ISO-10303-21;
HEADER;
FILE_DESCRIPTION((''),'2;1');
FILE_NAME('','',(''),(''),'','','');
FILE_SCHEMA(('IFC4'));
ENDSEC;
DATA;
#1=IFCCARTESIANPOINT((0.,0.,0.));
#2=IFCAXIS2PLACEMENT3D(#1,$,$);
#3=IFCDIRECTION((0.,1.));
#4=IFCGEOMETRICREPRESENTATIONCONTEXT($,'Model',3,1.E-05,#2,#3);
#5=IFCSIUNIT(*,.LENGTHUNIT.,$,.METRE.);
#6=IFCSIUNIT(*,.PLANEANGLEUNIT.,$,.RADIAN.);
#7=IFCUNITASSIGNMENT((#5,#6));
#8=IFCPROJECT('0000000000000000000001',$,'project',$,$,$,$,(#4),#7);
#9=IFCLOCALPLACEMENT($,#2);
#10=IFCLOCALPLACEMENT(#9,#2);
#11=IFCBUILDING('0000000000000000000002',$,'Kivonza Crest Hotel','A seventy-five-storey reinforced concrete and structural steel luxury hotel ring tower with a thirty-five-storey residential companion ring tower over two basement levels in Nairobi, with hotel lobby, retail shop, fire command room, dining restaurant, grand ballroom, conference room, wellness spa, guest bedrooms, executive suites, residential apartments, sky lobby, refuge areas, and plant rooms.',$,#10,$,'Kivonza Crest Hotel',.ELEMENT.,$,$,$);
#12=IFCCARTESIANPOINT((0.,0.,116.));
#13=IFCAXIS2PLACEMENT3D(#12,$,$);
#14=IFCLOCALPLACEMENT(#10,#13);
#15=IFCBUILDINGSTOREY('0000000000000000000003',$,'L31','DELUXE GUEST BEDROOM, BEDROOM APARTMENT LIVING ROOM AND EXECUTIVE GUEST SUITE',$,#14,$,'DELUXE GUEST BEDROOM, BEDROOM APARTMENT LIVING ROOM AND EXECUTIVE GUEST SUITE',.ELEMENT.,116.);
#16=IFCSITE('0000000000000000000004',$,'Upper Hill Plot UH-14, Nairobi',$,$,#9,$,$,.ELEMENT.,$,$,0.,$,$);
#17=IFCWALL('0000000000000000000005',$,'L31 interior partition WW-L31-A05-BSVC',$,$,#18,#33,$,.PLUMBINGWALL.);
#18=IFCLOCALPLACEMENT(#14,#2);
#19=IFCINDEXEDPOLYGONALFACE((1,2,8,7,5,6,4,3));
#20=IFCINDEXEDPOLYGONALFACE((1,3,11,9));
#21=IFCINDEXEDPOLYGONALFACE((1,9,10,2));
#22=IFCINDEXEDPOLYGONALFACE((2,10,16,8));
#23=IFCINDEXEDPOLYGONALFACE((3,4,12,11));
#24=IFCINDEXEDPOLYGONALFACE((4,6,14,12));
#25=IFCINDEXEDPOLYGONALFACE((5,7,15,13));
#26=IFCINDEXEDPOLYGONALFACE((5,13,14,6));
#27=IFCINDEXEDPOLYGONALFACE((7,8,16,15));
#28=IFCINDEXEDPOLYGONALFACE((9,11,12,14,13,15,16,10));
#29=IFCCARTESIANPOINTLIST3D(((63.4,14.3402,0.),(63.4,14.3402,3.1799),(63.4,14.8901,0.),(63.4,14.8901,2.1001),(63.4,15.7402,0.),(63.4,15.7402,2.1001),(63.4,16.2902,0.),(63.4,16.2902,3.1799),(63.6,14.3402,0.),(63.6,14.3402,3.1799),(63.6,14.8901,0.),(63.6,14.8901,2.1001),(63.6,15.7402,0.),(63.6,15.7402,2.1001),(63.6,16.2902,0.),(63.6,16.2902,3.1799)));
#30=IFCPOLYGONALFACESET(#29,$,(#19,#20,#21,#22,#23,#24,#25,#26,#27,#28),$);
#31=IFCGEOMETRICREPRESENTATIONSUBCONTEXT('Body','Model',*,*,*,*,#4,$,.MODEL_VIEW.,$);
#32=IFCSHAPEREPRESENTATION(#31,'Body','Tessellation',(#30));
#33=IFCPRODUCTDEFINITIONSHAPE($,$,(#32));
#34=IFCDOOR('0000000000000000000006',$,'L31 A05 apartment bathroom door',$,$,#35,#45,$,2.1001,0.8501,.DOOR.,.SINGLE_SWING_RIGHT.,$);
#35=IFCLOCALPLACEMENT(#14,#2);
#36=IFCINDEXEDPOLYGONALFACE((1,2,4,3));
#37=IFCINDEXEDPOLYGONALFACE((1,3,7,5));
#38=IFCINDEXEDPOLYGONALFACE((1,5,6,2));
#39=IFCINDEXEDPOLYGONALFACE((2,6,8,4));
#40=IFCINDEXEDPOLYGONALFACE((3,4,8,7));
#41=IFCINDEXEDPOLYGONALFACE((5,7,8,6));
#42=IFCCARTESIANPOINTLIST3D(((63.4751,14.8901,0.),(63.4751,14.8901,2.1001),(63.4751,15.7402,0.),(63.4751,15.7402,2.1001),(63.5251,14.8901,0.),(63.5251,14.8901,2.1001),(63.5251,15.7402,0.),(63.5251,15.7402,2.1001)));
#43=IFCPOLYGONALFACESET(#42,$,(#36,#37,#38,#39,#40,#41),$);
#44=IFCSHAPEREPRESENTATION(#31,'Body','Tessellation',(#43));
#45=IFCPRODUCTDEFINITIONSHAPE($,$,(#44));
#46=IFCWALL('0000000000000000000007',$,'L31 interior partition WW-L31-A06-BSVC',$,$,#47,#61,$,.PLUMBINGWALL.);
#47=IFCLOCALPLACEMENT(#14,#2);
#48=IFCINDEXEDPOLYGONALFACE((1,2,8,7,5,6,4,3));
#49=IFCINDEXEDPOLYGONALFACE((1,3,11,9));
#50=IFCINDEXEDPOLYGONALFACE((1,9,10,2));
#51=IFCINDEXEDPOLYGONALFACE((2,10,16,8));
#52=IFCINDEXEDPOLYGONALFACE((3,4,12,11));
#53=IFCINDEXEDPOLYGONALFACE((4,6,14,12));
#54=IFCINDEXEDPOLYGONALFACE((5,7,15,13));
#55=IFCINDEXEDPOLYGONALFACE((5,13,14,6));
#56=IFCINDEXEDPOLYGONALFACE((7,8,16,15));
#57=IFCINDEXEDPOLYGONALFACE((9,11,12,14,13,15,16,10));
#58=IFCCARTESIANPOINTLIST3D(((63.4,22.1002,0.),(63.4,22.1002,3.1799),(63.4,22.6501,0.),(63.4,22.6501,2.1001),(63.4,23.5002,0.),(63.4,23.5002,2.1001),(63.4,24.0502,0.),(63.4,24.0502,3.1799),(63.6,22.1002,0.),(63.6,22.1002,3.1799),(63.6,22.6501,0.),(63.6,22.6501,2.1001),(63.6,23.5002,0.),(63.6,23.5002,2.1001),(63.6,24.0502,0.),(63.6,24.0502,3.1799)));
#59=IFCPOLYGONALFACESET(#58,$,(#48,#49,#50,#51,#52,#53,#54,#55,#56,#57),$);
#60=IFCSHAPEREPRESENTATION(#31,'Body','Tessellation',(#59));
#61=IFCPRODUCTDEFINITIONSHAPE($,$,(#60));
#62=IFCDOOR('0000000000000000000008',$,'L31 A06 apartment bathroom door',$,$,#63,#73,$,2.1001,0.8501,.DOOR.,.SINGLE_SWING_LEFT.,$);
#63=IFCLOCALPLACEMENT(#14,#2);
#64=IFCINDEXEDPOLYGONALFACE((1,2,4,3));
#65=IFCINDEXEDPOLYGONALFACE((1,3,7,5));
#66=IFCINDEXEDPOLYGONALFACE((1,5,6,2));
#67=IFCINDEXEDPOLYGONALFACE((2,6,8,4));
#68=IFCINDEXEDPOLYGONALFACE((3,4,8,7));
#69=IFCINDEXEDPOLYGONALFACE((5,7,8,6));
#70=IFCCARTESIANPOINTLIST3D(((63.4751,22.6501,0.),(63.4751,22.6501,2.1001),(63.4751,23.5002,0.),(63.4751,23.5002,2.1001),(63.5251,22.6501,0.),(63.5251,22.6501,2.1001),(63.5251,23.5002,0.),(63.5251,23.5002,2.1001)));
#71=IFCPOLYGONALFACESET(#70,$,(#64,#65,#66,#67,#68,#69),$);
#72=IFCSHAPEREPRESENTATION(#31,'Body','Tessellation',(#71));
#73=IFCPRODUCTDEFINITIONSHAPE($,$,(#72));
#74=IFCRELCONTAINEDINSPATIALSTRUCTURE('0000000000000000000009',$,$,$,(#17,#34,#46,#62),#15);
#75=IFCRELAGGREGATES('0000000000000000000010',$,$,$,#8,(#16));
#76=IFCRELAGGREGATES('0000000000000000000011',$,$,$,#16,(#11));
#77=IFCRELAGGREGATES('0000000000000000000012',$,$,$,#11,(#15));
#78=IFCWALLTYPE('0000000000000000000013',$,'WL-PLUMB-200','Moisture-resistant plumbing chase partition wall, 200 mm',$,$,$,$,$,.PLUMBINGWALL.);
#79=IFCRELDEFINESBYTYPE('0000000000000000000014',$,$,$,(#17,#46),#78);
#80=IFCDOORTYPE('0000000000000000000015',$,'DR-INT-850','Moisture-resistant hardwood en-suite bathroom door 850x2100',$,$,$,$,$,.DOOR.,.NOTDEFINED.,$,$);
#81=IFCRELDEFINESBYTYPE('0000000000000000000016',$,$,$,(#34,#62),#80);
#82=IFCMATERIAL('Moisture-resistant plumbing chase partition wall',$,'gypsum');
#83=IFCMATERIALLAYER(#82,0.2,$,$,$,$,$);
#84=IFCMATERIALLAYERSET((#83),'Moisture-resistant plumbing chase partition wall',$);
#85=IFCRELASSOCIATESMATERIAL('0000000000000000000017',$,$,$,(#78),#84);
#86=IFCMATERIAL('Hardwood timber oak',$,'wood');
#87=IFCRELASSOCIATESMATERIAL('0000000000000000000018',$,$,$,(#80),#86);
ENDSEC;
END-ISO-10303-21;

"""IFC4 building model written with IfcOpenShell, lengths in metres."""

from ifc_helpers import new_model, si_unit, direction, frame, frame_2d, origin, place, context, subcontext, project, spatial, rectangle, extrude, material, layer, layer_set, type_object, element, fill, save


model = new_model("IFC4")

# Units and contexts
model_context = context("Model", 3, precision=1e-05, world=origin(), true_north=direction((0.0, 1.0)))
body_context = subcontext(model_context, "Body", "Model", "MODEL_VIEW")
ifc_project = project(units=[si_unit("LENGTHUNIT", "METRE"), si_unit("PLANEANGLEUNIT", "RADIAN")], contexts=[model_context])

# Site, building, storey
site_placement = place(None, origin())
site = spatial("IfcSite", under=ifc_project, at=site_placement, Name="Upper Hill Plot UH-14, Nairobi", CompositionType="ELEMENT", RefElevation=0.0)
building_placement = place(site_placement, origin())
building = spatial("IfcBuilding", under=site, at=building_placement, Name="Kivonza Crest Hotel", Description="A seventy-five-storey reinforced concrete and structural steel luxury hotel ring tower with a thirty-five-storey residential companion ring tower over two basement levels in Nairobi, with hotel lobby, retail shop, fire command room, dining restaurant, grand ballroom, conference room, wellness spa, guest bedrooms, executive suites, residential apartments, sky lobby, refuge areas, and plant rooms.", LongName="Kivonza Crest Hotel", CompositionType="ELEMENT")
storey_placement = place(building_placement, frame((0.0, 0.0, 116.0)))
storey = spatial("IfcBuildingStorey", under=building, at=storey_placement, Name="L31", Description="DELUXE GUEST BEDROOM, BEDROOM APARTMENT LIVING ROOM AND EXECUTIVE GUEST SUITE", LongName="DELUXE GUEST BEDROOM, BEDROOM APARTMENT LIVING ROOM AND EXECUTIVE GUEST SUITE", CompositionType="ELEMENT", Elevation=116.0)

# Shared definitions
ifc_material_1 = material(Name="Hardwood timber oak", Category="wood")

# Shared definitions
ifc_material_2 = material(Name="Moisture-resistant plumbing chase partition wall", Category="gypsum")
ifc_layer_1 = layer(ifc_material_2, 0.2)
ifc_layer_set_1 = layer_set([ifc_layer_1], Name="Moisture-resistant plumbing chase partition wall")
wall_type_1 = type_object("IfcWallType", Name="WL-PLUMB-200", Description="Moisture-resistant plumbing chase partition wall, 200 mm", PredefinedType="PLUMBINGWALL", material=ifc_layer_set_1)

# Walls, openings, doors
wall_1_placement = place(storey_placement, frame((63.5, 14.3401, 0.0), z_axis=(0.0, 0.0, 1.0), x_axis=(0.0, 1.0, 0.0)))
wall_1 = element("IfcWall", 1, at=wall_1_placement, inside=storey, type_object=wall_type_1, Name="L31 interior partition WW-L31-A05-BSVC", PredefinedType="PLUMBINGWALL", context=body_context, shape_type="SweptSolid", body=[
    extrude(rectangle(XDim=1.95, YDim=0.2, at=frame_2d((0.9751, 0.0))), origin(), (0.0, 0.0, 1.0), 3.1799),
])
opening_1_placement = place(wall_1_placement, frame((0.55, 0.0, 0.0)))
opening_1 = element("IfcOpeningElement", 2, at=opening_1_placement, cuts=wall_1, PredefinedType="OPENING", context=body_context, shape_type="SweptSolid", body=[
    extrude(rectangle(XDim=0.8501, YDim=2.1001, at=frame_2d((0.425, 1.05))), frame((0.0, 0.1099, 0.0), z_axis=(0.0, -1.0, 0.0), x_axis=(1.0, 0.0, 0.0)), (0.0, 0.0, 1.0), 0.22),
])
door_type_1 = type_object("IfcDoorType", Name="DR-INT-850", Description="Moisture-resistant hardwood en-suite bathroom door 850x2100", OperationType="NOTDEFINED", PredefinedType="DOOR", material=ifc_material_1)
door_1_placement = place(opening_1_placement, origin())
door_1 = element("IfcDoor", 3, at=door_1_placement, inside=storey, type_object=door_type_1, Name="L31 A05 apartment bathroom door", OperationType="SINGLE_SWING_RIGHT", OverallHeight=2.1001, OverallWidth=0.8501, PredefinedType="DOOR", context=body_context, shape_type="SweptSolid", body=[
    extrude(rectangle(XDim=0.8501, YDim=2.1001, at=frame_2d((0.425, 1.05))), frame((0.0, 0.0249, 0.0), z_axis=(0.0, -1.0, 0.0), x_axis=(1.0, 0.0, 0.0)), (0.0, 0.0, 1.0), 0.05),
])
fill(opening_1, door_1)
wall_2_placement = place(storey_placement, frame((63.5, 22.1001, 0.0), z_axis=(0.0, 0.0, 1.0), x_axis=(0.0, 1.0, 0.0)))
wall_2 = element("IfcWall", 4, at=wall_2_placement, inside=storey, type_object=wall_type_1, Name="L31 interior partition WW-L31-A06-BSVC", PredefinedType="PLUMBINGWALL", context=body_context, shape_type="SweptSolid", body=[
    extrude(rectangle(XDim=1.95, YDim=0.2, at=frame_2d((0.9751, 0.0))), origin(), (0.0, 0.0, 1.0), 3.1799),
])
opening_2_placement = place(wall_2_placement, frame((0.55, 0.0, 0.0)))
opening_2 = element("IfcOpeningElement", 5, at=opening_2_placement, cuts=wall_2, PredefinedType="OPENING", context=body_context, shape_type="SweptSolid", body=[
    extrude(rectangle(XDim=0.8501, YDim=2.1001, at=frame_2d((0.425, 1.05))), frame((0.0, 0.1099, 0.0), z_axis=(0.0, -1.0, 0.0), x_axis=(1.0, 0.0, 0.0)), (0.0, 0.0, 1.0), 0.22),
])
door_2_placement = place(opening_2_placement, origin())
door_2 = element("IfcDoor", 6, at=door_2_placement, inside=storey, type_object=door_type_1, Name="L31 A06 apartment bathroom door", OperationType="SINGLE_SWING_LEFT", OverallHeight=2.1001, OverallWidth=0.8501, PredefinedType="DOOR", context=body_context, shape_type="SweptSolid", body=[
    extrude(rectangle(XDim=0.8501, YDim=2.1001, at=frame_2d((0.425, 1.05))), frame((0.0, 0.0249, 0.0), z_axis=(0.0, -1.0, 0.0), x_axis=(1.0, 0.0, 0.0)), (0.0, 0.0, 1.0), 0.05),
])
fill(opening_2, door_2)

save(model, "model.ifc")
